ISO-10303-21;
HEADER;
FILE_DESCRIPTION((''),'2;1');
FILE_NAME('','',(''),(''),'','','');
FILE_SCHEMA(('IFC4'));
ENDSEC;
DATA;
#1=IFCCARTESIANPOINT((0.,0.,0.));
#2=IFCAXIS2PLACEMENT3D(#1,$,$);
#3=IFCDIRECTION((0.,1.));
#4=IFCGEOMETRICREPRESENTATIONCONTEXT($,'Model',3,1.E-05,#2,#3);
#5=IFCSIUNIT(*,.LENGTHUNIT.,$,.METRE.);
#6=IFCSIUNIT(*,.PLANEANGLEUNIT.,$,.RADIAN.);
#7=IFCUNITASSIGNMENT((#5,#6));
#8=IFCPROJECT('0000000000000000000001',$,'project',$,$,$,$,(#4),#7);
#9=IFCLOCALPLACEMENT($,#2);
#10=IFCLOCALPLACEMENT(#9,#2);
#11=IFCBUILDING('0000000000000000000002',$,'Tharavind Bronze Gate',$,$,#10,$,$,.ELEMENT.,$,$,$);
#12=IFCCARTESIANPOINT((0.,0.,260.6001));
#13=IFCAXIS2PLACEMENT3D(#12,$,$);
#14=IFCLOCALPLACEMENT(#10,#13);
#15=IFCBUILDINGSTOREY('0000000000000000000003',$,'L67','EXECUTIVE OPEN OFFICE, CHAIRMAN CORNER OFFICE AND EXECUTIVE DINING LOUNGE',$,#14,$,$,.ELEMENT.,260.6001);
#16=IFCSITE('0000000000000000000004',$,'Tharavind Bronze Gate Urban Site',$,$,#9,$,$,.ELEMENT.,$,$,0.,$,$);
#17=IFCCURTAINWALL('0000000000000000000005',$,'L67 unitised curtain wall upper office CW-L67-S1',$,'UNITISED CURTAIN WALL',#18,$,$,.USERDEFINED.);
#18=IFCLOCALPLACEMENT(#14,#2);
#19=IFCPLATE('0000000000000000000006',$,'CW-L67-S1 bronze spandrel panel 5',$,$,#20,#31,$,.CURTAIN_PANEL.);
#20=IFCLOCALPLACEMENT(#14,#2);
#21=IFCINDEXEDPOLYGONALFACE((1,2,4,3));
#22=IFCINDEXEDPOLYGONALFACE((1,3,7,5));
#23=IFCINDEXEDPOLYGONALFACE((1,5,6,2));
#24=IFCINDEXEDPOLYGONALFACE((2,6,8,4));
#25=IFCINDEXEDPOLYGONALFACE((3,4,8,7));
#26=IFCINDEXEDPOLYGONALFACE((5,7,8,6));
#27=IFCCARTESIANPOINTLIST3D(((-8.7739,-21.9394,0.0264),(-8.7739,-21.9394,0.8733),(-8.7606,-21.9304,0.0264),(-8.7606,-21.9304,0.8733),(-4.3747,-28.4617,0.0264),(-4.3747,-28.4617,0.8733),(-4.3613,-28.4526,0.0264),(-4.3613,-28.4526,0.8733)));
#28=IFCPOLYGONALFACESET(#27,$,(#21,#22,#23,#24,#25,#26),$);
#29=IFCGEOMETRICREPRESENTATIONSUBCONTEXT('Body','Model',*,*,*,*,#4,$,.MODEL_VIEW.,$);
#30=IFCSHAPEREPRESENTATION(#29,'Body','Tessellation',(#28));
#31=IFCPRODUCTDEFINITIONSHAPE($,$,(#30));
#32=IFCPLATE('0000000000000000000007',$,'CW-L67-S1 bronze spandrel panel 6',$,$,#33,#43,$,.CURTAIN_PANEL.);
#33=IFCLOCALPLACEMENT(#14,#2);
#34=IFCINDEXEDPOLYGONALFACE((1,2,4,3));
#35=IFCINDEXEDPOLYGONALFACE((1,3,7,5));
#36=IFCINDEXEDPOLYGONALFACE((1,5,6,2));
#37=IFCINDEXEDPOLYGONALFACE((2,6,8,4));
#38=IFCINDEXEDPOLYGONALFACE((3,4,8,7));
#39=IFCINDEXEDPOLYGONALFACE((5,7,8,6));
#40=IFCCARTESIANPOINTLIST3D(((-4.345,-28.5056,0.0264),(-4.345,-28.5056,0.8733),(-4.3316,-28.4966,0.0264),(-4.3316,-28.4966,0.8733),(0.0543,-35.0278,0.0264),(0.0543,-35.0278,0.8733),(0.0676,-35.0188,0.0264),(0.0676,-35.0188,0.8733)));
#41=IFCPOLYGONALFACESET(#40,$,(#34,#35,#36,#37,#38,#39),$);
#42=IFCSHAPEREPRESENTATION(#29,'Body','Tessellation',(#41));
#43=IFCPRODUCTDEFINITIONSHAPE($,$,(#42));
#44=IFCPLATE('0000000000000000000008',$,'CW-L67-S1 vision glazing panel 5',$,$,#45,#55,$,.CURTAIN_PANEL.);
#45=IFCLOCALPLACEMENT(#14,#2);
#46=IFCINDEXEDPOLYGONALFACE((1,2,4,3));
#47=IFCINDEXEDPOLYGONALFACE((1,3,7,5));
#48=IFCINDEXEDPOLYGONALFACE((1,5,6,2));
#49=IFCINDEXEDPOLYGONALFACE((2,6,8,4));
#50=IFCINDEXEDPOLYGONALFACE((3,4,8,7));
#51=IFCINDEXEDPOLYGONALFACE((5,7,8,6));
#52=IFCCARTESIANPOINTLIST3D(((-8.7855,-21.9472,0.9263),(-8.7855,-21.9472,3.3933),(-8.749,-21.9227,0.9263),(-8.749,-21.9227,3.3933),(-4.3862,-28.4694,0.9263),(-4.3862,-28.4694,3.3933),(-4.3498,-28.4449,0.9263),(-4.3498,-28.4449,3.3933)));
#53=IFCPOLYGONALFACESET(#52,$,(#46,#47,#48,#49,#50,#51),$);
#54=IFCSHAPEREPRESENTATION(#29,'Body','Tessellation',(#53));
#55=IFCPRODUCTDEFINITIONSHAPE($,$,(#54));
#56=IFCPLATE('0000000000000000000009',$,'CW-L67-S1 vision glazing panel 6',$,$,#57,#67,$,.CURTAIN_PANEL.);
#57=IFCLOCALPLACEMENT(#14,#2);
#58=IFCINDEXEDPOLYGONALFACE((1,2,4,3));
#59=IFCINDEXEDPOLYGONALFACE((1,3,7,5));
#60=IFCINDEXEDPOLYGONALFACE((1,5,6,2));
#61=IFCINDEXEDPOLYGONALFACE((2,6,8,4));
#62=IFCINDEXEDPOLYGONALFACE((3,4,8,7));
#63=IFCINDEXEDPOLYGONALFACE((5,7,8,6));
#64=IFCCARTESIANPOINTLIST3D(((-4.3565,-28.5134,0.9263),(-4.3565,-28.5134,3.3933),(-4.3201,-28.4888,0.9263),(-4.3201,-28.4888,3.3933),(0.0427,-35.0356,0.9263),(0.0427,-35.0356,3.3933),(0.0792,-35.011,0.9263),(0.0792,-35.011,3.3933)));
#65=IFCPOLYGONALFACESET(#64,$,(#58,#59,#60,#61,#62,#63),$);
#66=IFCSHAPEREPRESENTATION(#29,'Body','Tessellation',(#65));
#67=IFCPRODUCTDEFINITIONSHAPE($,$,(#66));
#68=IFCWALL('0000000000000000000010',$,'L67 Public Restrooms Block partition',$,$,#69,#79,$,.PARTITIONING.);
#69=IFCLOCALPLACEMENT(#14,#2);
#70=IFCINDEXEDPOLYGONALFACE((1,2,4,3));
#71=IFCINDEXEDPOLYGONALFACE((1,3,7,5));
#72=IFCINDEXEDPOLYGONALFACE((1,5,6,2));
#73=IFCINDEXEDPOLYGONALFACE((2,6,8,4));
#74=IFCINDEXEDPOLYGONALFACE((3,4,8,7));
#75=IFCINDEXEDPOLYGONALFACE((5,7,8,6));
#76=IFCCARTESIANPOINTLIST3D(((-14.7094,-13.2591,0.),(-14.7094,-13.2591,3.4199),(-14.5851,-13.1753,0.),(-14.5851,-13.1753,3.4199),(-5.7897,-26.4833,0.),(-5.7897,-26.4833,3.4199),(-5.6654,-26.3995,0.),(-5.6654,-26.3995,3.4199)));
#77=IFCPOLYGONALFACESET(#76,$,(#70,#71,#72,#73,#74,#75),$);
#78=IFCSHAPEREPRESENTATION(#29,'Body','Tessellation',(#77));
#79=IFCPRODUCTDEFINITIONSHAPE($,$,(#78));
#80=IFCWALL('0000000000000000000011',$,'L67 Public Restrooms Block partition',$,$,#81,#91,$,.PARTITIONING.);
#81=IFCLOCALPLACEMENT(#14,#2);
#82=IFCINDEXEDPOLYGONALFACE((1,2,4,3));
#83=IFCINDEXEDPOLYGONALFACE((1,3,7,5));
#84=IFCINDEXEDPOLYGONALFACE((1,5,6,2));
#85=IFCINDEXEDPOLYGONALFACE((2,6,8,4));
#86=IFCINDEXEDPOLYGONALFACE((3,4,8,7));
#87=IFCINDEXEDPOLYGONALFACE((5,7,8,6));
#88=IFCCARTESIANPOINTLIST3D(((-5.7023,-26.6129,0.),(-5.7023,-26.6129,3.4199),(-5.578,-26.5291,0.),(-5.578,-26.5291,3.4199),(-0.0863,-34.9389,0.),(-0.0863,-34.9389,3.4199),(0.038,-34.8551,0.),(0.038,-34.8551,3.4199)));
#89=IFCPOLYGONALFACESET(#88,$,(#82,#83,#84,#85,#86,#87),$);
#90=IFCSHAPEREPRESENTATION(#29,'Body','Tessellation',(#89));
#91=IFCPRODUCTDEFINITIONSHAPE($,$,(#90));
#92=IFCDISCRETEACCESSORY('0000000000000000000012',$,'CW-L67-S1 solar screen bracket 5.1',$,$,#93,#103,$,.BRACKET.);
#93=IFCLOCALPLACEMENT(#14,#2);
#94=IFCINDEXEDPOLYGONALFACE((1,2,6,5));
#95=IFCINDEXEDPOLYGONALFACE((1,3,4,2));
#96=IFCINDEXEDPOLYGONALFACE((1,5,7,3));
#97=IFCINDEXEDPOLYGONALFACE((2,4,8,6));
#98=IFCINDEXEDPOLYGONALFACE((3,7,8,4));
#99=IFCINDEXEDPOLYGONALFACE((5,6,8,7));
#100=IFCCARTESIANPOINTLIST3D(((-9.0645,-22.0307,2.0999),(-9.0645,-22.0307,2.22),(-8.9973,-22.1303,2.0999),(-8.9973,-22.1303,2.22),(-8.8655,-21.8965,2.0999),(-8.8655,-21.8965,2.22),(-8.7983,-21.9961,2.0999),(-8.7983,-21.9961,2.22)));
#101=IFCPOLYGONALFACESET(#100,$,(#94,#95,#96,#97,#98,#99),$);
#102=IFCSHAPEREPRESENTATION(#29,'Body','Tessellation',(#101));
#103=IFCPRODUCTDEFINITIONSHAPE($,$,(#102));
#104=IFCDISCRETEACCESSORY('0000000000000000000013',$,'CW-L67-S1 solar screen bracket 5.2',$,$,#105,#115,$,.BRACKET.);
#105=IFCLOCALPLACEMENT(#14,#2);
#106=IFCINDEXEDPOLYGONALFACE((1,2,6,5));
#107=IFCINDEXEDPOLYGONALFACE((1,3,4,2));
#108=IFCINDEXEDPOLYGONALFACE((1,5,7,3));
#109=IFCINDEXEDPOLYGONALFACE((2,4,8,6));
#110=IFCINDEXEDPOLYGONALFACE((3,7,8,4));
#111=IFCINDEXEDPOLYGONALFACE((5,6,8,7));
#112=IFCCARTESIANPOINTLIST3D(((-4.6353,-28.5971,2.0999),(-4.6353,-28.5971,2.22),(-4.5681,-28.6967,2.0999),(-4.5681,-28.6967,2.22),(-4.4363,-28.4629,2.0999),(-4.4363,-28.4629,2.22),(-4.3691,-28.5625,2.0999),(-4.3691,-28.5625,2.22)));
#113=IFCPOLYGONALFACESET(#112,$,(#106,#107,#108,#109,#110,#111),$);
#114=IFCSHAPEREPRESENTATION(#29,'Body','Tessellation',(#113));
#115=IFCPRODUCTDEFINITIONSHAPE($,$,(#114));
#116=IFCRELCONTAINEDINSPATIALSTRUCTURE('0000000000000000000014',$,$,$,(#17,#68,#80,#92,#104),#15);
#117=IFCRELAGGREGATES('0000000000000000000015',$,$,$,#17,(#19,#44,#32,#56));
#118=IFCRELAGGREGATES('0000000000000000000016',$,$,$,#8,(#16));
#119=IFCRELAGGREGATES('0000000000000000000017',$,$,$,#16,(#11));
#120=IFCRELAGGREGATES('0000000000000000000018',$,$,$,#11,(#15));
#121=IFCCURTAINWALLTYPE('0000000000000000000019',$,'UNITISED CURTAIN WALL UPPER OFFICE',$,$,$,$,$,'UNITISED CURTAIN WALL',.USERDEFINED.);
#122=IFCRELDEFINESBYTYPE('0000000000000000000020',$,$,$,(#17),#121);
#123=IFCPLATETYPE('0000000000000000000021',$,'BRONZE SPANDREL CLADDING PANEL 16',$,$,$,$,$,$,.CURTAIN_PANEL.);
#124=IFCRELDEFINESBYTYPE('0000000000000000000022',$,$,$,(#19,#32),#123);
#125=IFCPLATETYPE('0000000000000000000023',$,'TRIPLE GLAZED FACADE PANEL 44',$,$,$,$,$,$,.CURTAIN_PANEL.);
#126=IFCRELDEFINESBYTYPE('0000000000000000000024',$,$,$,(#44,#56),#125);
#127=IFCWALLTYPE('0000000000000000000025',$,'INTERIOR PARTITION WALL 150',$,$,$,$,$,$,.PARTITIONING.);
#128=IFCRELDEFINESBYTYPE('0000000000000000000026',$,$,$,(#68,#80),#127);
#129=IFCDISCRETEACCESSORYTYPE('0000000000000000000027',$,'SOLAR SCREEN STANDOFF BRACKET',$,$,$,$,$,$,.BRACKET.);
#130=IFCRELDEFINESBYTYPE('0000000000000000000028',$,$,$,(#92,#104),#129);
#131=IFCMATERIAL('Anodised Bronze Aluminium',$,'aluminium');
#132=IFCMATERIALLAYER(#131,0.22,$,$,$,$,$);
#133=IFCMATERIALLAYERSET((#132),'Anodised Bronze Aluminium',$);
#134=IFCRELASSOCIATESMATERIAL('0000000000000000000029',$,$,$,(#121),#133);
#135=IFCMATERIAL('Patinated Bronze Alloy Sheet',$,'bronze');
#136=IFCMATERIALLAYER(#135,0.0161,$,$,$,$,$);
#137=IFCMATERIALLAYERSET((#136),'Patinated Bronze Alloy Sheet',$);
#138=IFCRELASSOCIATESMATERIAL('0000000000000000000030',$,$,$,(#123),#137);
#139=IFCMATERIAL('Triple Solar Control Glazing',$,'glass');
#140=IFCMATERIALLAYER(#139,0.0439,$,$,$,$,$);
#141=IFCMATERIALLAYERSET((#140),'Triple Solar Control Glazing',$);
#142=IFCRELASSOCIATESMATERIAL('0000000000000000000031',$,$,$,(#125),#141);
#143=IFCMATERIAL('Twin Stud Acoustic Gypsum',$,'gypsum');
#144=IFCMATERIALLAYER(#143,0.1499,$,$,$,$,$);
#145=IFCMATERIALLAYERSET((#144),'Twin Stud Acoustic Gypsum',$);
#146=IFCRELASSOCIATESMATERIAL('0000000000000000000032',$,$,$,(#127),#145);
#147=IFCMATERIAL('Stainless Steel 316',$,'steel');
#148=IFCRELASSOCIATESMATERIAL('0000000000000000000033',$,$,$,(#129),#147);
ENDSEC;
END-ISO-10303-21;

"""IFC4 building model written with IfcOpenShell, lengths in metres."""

from ifc_helpers import new_model, si_unit, direction, frame, frame_2d, origin, origin_2d, place, context, subcontext, project, spatial, rectangle, extrude, material, layer, layer_set, type_object, element, aggregate, save


model = new_model("IFC4")

# Units and contexts
model_context = context("Model", 3, precision=1e-05, world=origin(), true_north=direction((0.0, 1.0)))
body_context = subcontext(model_context, "Body", "Model", "MODEL_VIEW")
ifc_project = project(units=[si_unit("LENGTHUNIT", "METRE"), si_unit("PLANEANGLEUNIT", "RADIAN")], contexts=[model_context])

# Site, building, storey
site_placement = place(None, origin())
site = spatial("IfcSite", under=ifc_project, at=site_placement, Name="Tharavind Bronze Gate Urban Site", CompositionType="ELEMENT", RefElevation=0.0)
building_placement = place(site_placement, origin())
building = spatial("IfcBuilding", under=site, at=building_placement, Name="Tharavind Bronze Gate", CompositionType="ELEMENT")
storey_placement = place(building_placement, frame((0.0, 0.0, 260.6001)))
storey = spatial("IfcBuildingStorey", under=building, at=storey_placement, Name="L67", Description="EXECUTIVE OPEN OFFICE, CHAIRMAN CORNER OFFICE AND EXECUTIVE DINING LOUNGE", CompositionType="ELEMENT", Elevation=260.6001)

# Curtain wall
ifc_material_1 = material(Name="Anodised Bronze Aluminium", Category="aluminium")
ifc_layer_1 = layer(ifc_material_1, 0.22)
ifc_layer_set_1 = layer_set([ifc_layer_1], Name="Anodised Bronze Aluminium")
curtain_wall_type = type_object("IfcCurtainWallType", Name="UNITISED CURTAIN WALL UPPER OFFICE", ElementType="UNITISED CURTAIN WALL", PredefinedType="USERDEFINED", material=ifc_layer_set_1)
curtain_wall_placement = place(storey_placement, origin())
curtain_wall = element("IfcCurtainWall", 1, at=curtain_wall_placement, inside=storey, type_object=curtain_wall_type, Name="L67 unitised curtain wall upper office CW-L67-S1", ObjectType="UNITISED CURTAIN WALL", PredefinedType="USERDEFINED")

# Plates
ifc_material_2 = material(Name="Patinated Bronze Alloy Sheet", Category="bronze")
ifc_layer_2 = layer(ifc_material_2, 0.0161)
ifc_layer_set_2 = layer_set([ifc_layer_2], Name="Patinated Bronze Alloy Sheet")
plate_type_1 = type_object("IfcPlateType", Name="BRONZE SPANDREL CLADDING PANEL 16", PredefinedType="CURTAIN_PANEL", material=ifc_layer_set_2)
plate_1_placement = place(storey_placement, frame((-6.5676, -25.196, 0.0264), z_axis=(0.0, 0.0, 1.0), x_axis=(0.559191, -0.829039, 0.0)))
plate_1 = element("IfcPlate", 2, at=plate_1_placement, type_object=plate_type_1, Name="CW-L67-S1 bronze spandrel panel 5", PredefinedType="CURTAIN_PANEL", context=body_context, shape_type="SweptSolid", body=[
    extrude(rectangle(XDim=7.8672, YDim=0.0161, at=origin_2d()), origin(), (0.0, 0.0, 1.0), 0.8469),
])
plate_2_placement = place(storey_placement, frame((-2.1387, -31.7622, 0.0264), z_axis=(0.0, 0.0, 1.0), x_axis=(0.559191, -0.829039, 0.0)))
plate_2 = element("IfcPlate", 3, at=plate_2_placement, type_object=plate_type_1, Name="CW-L67-S1 bronze spandrel panel 6", PredefinedType="CURTAIN_PANEL", context=body_context, shape_type="SweptSolid", body=[
    extrude(rectangle(XDim=7.8672, YDim=0.0161, at=origin_2d()), origin(), (0.0, 0.0, 1.0), 0.8469),
])
ifc_material_3 = material(Name="Triple Solar Control Glazing", Category="glass")
ifc_layer_3 = layer(ifc_material_3, 0.0439)
ifc_layer_set_3 = layer_set([ifc_layer_3], Name="Triple Solar Control Glazing")
plate_type_2 = type_object("IfcPlateType", Name="TRIPLE GLAZED FACADE PANEL 44", PredefinedType="CURTAIN_PANEL", material=ifc_layer_set_3)
plate_3_placement = place(storey_placement, frame((-6.5676, -25.196, 0.9263), z_axis=(0.0, 0.0, 1.0), x_axis=(0.559191, -0.829039, 0.0)))
plate_3 = element("IfcPlate", 4, at=plate_3_placement, type_object=plate_type_2, Name="CW-L67-S1 vision glazing panel 5", PredefinedType="CURTAIN_PANEL", context=body_context, shape_type="SweptSolid", body=[
    extrude(rectangle(XDim=7.8672, YDim=0.0439, at=origin_2d()), origin(), (0.0, 0.0, 1.0), 2.467),
])
plate_4_placement = place(storey_placement, frame((-2.1387, -31.7622, 0.9263), z_axis=(0.0, 0.0, 1.0), x_axis=(0.559191, -0.829039, 0.0)))
plate_4 = element("IfcPlate", 5, at=plate_4_placement, type_object=plate_type_2, Name="CW-L67-S1 vision glazing panel 6", PredefinedType="CURTAIN_PANEL", context=body_context, shape_type="SweptSolid", body=[
    extrude(rectangle(XDim=7.8672, YDim=0.0439, at=origin_2d()), origin(), (0.0, 0.0, 1.0), 2.467),
])
aggregate(curtain_wall, [plate_1, plate_3, plate_2, plate_4])

# Walls
ifc_material_4 = material(Name="Twin Stud Acoustic Gypsum", Category="gypsum")
ifc_layer_4 = layer(ifc_material_4, 0.1499)
ifc_layer_set_4 = layer_set([ifc_layer_4], Name="Twin Stud Acoustic Gypsum")
wall_type = type_object("IfcWallType", Name="INTERIOR PARTITION WALL 150", PredefinedType="PARTITIONING", material=ifc_layer_set_4)
wall_1_placement = place(storey_placement, frame((-5.7275, -26.4414, 0.0), z_axis=(0.0, 0.0, 1.0), x_axis=(-0.559188, 0.829041, 0.0)))
element("IfcWall", 6, at=wall_1_placement, inside=storey, type_object=wall_type, Name="L67 Public Restrooms Block partition", PredefinedType="PARTITIONING", context=body_context, shape_type="SweptSolid", body=[
    extrude(rectangle(XDim=15.9512, YDim=0.1499, at=frame_2d((7.9756, 0.0))), origin(), (0.0, 0.0, 1.0), 3.4199),
])
wall_2_placement = place(storey_placement, frame((-0.0242, -34.897, 0.0), z_axis=(0.0, 0.0, 1.0), x_axis=(-0.559197, 0.829035, 0.0)))
element("IfcWall", 7, at=wall_2_placement, inside=storey, type_object=wall_type, Name="L67 Public Restrooms Block partition", PredefinedType="PARTITIONING", context=body_context, shape_type="SweptSolid", body=[
    extrude(rectangle(XDim=10.043, YDim=0.1499, at=frame_2d((5.0215, 0.0))), origin(), (0.0, 0.0, 1.0), 3.4199),
])

# Discrete accessories
ifc_material_5 = material(Name="Stainless Steel 316", Category="steel")
discrete_accessory_type = type_object("IfcDiscreteAccessoryType", Name="SOLAR SCREEN STANDOFF BRACKET", PredefinedType="BRACKET", material=ifc_material_5)
for number, where, z_axis, x_axis, name in (
    (8, (-8.9314, -22.0134, 2.0999), (0.0, 0.0, 1.0), (0.559191, -0.829039, 0.0), "CW-L67-S1 solar screen bracket 5.1"),
    (9, (-4.5022, -28.5798, 2.0999), (0.0, 0.0, 1.0), (0.559191, -0.829039, 0.0), "CW-L67-S1 solar screen bracket 5.2"),
):
    element("IfcDiscreteAccessory", number, at=place(storey_placement, frame(where, z_axis=z_axis, x_axis=x_axis)), inside=storey, type_object=discrete_accessory_type, Name=name, PredefinedType="BRACKET", context=body_context, shape_type="SweptSolid", body=[
        extrude(rectangle(XDim=0.1201, YDim=0.24, at=origin_2d()), origin(), (0.0, 0.0, 1.0), 0.1201),
    ])

save(model, "model.ifc")
